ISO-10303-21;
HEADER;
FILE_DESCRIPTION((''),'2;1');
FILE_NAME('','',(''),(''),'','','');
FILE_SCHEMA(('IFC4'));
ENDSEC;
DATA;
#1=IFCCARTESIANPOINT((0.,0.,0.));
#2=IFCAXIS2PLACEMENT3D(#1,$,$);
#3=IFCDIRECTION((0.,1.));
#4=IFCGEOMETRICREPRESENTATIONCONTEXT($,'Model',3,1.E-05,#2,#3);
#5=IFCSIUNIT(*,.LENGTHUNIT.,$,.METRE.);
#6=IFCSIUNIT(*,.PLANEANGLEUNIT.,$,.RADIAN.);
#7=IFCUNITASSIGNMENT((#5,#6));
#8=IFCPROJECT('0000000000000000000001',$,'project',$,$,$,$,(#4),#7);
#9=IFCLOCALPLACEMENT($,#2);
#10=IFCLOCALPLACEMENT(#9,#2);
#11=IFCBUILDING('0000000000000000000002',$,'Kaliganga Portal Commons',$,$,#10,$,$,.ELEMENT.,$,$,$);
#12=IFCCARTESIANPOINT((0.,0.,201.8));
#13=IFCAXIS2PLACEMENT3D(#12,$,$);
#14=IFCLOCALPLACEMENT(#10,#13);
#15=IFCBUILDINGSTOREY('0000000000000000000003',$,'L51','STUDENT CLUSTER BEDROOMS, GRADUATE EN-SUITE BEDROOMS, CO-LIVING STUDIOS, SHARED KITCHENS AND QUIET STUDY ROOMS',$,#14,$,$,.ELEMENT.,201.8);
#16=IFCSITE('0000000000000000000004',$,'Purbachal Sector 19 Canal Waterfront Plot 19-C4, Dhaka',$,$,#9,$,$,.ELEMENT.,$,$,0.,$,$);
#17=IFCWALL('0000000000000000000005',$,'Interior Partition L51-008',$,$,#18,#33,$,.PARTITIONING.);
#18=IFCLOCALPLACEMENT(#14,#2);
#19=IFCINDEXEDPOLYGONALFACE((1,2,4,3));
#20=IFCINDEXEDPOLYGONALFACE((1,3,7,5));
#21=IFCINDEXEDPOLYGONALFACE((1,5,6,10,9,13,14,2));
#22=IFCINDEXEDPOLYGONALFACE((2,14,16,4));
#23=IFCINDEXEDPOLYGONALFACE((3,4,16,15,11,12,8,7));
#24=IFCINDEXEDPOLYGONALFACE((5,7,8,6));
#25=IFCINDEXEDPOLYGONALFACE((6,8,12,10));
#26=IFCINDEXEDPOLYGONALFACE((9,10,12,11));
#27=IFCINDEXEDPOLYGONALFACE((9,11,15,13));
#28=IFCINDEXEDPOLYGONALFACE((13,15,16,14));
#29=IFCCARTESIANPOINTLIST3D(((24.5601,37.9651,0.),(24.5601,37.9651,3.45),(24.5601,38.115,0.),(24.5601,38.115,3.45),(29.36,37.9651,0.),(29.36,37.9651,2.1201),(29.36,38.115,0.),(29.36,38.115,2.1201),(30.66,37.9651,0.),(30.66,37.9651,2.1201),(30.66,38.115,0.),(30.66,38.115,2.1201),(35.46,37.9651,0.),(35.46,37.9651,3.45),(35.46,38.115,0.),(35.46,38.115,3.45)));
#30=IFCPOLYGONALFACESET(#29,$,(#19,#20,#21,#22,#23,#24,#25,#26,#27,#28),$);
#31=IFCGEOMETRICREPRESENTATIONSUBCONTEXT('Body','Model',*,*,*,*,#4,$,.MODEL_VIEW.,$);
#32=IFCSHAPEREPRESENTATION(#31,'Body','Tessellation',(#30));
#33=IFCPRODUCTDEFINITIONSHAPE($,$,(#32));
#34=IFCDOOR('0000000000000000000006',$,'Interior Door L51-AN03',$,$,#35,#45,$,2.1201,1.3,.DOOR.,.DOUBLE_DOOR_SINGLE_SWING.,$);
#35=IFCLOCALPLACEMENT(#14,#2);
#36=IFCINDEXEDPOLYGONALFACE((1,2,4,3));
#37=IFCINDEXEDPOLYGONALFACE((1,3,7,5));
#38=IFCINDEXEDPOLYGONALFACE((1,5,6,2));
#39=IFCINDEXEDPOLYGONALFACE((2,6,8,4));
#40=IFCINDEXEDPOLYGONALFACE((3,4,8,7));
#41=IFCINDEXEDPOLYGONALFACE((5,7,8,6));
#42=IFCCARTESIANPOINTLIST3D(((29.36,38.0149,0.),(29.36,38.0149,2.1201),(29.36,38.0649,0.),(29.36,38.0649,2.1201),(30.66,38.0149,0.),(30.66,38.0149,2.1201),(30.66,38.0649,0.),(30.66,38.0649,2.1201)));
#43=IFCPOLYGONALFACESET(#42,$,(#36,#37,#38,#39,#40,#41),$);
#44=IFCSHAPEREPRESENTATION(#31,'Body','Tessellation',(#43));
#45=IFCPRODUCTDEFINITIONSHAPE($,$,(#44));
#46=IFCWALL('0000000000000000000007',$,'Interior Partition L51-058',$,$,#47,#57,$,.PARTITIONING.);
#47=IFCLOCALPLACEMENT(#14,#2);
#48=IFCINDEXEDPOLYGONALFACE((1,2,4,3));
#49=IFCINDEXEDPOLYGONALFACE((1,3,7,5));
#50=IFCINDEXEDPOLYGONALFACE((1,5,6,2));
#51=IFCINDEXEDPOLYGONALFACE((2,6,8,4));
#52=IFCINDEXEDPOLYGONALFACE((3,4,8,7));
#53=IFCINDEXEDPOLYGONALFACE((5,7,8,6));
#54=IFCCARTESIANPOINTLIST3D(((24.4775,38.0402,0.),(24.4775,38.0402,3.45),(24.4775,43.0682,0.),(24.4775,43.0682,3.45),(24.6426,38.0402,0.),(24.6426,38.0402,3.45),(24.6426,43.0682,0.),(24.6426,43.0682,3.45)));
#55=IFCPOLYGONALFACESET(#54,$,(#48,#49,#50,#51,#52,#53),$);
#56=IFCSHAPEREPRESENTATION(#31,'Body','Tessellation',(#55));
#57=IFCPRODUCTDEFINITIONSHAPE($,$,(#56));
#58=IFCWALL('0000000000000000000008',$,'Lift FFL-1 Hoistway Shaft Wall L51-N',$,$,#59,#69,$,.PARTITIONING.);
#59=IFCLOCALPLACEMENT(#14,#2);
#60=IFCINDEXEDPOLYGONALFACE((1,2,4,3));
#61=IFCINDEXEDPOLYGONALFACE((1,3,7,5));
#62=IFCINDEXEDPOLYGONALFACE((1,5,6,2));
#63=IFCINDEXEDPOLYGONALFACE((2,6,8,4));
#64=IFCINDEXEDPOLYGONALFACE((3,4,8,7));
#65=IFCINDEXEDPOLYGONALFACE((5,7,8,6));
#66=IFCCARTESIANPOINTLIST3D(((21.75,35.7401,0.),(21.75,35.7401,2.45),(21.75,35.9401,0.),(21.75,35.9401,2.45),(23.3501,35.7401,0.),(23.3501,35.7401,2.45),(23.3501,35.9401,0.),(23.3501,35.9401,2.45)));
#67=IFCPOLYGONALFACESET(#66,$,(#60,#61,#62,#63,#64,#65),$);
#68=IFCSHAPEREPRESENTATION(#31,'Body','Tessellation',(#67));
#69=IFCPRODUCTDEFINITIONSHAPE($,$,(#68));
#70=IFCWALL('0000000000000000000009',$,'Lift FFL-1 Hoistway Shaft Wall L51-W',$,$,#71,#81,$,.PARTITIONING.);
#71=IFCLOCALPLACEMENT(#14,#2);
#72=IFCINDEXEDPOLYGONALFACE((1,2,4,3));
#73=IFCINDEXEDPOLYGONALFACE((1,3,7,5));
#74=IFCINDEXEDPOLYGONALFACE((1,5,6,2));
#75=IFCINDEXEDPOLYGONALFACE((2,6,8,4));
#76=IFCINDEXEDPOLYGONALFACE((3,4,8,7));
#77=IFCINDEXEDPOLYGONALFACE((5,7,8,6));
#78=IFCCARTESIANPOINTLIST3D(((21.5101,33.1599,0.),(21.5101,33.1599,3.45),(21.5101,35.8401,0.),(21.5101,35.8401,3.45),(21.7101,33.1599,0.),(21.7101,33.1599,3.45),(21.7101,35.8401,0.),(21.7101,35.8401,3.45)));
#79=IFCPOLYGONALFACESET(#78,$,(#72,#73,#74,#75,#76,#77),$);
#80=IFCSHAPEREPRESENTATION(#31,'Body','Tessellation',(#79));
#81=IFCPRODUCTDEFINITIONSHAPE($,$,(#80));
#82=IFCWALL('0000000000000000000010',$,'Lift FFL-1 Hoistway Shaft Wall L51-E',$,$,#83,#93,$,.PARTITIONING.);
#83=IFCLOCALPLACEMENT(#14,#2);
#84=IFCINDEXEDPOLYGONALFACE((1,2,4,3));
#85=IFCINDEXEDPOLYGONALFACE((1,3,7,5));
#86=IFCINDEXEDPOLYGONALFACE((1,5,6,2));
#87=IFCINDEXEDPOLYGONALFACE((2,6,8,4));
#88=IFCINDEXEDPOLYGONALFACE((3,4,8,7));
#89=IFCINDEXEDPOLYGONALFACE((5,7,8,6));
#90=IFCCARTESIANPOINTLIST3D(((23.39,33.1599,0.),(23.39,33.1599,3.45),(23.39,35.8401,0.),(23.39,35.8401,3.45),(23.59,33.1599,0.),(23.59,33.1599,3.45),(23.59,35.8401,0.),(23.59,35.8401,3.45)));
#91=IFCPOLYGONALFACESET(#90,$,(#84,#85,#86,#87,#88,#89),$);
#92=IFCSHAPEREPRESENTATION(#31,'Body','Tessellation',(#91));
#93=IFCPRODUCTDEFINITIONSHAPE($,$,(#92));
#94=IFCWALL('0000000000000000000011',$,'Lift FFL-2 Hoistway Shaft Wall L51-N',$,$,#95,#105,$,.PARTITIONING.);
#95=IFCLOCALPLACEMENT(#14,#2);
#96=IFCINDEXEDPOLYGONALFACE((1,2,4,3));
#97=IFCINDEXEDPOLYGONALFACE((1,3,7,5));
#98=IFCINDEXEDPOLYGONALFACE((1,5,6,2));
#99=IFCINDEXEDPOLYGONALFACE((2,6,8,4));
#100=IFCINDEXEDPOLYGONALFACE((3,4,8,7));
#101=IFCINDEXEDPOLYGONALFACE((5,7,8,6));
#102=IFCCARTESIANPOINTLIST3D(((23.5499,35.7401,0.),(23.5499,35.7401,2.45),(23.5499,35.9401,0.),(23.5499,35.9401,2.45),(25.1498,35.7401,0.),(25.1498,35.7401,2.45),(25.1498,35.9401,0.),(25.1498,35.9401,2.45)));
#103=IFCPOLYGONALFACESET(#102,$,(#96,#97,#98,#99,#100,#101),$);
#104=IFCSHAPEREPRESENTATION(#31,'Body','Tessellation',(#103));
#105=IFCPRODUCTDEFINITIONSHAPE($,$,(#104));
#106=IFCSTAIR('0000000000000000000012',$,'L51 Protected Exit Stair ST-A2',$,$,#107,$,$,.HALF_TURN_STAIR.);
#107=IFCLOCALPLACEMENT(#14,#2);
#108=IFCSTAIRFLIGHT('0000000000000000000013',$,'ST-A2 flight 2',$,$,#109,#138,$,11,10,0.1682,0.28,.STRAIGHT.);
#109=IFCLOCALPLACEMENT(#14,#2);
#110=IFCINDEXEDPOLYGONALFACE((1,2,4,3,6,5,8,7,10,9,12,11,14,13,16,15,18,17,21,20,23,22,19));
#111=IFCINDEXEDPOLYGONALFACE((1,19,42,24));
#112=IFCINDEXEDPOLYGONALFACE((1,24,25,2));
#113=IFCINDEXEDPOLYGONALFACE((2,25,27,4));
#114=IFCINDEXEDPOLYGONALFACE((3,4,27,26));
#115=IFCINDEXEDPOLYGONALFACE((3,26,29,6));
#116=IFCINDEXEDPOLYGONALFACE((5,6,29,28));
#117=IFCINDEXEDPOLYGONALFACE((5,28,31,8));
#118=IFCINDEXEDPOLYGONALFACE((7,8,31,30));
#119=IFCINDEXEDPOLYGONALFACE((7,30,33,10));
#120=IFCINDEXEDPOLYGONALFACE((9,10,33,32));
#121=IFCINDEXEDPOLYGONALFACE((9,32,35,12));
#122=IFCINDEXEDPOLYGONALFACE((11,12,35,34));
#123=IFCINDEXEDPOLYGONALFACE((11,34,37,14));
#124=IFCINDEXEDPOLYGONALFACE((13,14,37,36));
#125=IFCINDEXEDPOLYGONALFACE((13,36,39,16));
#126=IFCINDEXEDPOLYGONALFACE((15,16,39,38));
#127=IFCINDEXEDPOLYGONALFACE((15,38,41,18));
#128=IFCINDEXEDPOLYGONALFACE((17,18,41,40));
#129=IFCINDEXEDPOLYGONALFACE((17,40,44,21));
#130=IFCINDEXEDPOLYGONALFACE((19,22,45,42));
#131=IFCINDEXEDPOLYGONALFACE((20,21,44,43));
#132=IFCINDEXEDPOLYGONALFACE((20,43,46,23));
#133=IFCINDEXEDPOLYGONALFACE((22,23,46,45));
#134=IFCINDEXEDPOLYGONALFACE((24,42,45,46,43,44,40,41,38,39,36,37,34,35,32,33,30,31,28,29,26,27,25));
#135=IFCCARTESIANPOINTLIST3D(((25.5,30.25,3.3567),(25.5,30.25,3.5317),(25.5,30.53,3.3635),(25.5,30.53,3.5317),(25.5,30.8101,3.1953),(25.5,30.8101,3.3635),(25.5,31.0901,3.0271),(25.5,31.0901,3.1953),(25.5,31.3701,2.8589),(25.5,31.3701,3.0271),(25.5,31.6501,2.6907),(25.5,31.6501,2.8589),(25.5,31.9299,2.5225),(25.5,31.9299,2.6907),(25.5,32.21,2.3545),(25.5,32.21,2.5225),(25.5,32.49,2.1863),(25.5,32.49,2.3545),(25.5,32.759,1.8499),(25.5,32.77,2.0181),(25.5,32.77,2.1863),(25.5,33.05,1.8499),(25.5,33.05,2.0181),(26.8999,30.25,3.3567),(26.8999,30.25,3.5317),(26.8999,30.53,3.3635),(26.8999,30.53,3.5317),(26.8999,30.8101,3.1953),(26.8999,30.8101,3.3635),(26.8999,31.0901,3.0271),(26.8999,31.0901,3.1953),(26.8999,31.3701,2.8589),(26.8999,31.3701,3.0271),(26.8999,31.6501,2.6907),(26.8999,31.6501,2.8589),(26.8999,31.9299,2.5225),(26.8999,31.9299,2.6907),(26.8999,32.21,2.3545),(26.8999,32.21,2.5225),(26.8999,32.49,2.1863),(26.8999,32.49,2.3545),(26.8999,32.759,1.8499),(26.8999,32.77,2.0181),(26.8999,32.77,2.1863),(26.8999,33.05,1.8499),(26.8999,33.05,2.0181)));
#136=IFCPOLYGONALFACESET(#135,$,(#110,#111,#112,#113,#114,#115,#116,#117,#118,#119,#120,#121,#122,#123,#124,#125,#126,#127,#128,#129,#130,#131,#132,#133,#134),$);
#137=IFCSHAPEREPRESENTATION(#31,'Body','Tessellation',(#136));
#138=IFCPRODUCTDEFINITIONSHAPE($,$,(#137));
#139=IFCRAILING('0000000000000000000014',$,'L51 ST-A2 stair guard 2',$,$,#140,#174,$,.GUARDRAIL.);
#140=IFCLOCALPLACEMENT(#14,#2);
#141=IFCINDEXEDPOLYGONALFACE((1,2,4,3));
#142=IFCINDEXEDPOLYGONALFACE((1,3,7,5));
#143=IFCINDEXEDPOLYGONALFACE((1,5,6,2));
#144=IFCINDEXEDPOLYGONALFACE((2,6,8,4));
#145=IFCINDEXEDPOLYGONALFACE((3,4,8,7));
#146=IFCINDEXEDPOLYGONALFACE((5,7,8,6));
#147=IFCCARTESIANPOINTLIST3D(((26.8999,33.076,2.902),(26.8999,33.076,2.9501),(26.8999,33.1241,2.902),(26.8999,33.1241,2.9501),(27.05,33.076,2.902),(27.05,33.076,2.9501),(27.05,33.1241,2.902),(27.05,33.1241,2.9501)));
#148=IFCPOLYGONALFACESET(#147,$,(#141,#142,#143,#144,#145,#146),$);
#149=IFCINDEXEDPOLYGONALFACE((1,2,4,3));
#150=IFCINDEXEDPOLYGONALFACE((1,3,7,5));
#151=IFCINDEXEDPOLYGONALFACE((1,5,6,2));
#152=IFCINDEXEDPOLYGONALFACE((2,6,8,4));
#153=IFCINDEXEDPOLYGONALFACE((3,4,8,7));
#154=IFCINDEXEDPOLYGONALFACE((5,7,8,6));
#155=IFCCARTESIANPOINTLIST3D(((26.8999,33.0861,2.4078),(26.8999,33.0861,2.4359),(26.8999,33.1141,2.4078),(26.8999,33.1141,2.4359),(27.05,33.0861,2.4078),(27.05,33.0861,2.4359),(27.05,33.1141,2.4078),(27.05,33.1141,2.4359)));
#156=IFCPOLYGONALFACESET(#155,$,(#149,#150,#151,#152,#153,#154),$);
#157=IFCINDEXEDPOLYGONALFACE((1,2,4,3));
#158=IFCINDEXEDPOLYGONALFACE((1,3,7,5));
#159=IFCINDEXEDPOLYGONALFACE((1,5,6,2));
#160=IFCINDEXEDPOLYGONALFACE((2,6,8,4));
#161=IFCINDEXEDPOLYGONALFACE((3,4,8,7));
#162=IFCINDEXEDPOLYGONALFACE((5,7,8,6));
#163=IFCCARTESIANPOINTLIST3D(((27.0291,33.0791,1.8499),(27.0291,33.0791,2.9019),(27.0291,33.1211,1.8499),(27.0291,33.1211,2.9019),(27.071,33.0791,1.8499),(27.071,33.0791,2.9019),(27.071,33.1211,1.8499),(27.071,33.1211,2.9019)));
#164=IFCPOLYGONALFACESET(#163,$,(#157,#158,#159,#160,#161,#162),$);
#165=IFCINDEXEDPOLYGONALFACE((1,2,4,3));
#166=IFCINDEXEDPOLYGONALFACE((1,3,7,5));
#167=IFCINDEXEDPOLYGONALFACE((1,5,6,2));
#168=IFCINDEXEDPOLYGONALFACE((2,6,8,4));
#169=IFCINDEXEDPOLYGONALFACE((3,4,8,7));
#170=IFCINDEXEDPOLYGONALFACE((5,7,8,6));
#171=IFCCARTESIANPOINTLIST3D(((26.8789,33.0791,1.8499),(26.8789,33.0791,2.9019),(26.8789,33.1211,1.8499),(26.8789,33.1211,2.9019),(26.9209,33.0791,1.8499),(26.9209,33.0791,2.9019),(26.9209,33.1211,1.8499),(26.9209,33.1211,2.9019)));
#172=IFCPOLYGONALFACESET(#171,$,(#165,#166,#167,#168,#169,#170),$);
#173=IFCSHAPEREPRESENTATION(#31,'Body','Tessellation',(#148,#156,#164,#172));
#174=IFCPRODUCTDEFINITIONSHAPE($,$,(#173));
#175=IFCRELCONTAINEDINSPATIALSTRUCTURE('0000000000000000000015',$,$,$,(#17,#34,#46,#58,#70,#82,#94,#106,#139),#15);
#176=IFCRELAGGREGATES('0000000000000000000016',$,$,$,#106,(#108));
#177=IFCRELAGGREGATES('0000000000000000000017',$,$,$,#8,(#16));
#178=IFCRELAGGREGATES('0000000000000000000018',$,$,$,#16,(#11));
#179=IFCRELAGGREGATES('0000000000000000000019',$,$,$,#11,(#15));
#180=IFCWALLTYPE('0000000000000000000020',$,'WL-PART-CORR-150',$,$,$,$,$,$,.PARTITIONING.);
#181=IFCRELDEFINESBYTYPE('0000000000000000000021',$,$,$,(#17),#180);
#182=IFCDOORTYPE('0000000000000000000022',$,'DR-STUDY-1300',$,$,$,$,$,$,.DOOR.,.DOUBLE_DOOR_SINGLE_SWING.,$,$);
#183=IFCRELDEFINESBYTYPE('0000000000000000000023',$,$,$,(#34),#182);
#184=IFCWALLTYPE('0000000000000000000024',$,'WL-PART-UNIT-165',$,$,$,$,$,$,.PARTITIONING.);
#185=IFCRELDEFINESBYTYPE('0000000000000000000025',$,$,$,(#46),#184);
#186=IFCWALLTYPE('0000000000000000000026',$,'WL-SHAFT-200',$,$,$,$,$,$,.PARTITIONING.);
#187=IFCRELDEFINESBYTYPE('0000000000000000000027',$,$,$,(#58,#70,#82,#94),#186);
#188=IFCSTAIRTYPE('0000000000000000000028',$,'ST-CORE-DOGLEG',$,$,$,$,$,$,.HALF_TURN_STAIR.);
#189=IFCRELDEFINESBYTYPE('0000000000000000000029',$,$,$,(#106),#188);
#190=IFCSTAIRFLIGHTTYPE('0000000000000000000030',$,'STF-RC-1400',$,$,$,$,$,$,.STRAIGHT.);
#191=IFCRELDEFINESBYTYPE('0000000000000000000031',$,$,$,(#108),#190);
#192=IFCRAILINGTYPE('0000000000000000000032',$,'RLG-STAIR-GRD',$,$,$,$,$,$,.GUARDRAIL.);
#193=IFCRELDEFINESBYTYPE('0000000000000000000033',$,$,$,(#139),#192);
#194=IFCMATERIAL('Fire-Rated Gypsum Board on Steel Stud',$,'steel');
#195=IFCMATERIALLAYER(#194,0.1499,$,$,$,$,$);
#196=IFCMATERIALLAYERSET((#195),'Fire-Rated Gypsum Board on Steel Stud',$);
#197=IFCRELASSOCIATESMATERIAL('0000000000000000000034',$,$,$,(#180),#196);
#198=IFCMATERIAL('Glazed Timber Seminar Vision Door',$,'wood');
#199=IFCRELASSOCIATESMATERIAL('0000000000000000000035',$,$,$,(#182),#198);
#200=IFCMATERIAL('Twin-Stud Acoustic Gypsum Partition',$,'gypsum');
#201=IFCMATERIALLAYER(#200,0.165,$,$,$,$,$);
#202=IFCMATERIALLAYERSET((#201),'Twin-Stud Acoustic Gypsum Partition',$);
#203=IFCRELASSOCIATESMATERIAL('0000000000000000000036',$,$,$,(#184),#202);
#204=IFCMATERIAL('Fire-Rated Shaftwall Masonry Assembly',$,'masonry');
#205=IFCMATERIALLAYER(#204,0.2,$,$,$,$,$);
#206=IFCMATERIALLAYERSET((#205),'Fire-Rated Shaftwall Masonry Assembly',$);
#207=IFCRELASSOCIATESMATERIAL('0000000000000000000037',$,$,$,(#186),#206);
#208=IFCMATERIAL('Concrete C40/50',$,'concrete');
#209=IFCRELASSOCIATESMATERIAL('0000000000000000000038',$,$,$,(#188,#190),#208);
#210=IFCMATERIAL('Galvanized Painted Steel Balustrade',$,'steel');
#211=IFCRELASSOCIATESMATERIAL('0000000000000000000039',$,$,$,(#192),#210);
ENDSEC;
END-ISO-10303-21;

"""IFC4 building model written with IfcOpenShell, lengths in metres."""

from ifc_helpers import new_model, si_unit, direction, frame, frame_2d, origin, origin_2d, place, context, subcontext, project, spatial, polyline, rectangle, outline, extrude, material, layer, layer_set, type_object, element, fill, aggregate, save


model = new_model("IFC4")

# Units and contexts
model_context = context("Model", 3, precision=1e-05, world=origin(), true_north=direction((0.0, 1.0)))
body_context = subcontext(model_context, "Body", "Model", "MODEL_VIEW")
ifc_project = project(units=[si_unit("LENGTHUNIT", "METRE"), si_unit("PLANEANGLEUNIT", "RADIAN")], contexts=[model_context])

# Site, building, storey
site_placement = place(None, origin())
site = spatial("IfcSite", under=ifc_project, at=site_placement, Name="Purbachal Sector 19 Canal Waterfront Plot 19-C4, Dhaka", CompositionType="ELEMENT", RefElevation=0.0)
building_placement = place(site_placement, origin())
building = spatial("IfcBuilding", under=site, at=building_placement, Name="Kaliganga Portal Commons", CompositionType="ELEMENT")
storey_placement = place(building_placement, frame((0.0, 0.0, 201.8)))
storey = spatial("IfcBuildingStorey", under=building, at=storey_placement, Name="L51", Description="STUDENT CLUSTER BEDROOMS, GRADUATE EN-SUITE BEDROOMS, CO-LIVING STUDIOS, SHARED KITCHENS AND QUIET STUDY ROOMS", CompositionType="ELEMENT", Elevation=201.8)

# Wall, opening, door
ifc_material_1 = material(Name="Fire-Rated Gypsum Board on Steel Stud", Category="steel")
ifc_layer_1 = layer(ifc_material_1, 0.1499)
ifc_layer_set_1 = layer_set([ifc_layer_1], Name="Fire-Rated Gypsum Board on Steel Stud")
wall_type_1 = type_object("IfcWallType", Name="WL-PART-CORR-150", PredefinedType="PARTITIONING", material=ifc_layer_set_1)
wall_1_placement = place(storey_placement, frame((24.5601, 38.04, 0.0), z_axis=(0.0, 0.0, 1.0), x_axis=(1.0, 0.0, 0.0)))
wall_1 = element("IfcWall", 1, at=wall_1_placement, inside=storey, type_object=wall_type_1, Name="Interior Partition L51-008", PredefinedType="PARTITIONING", context=body_context, shape_type="SweptSolid", body=[
    extrude(rectangle(XDim=10.8999, YDim=0.1499, at=frame_2d((5.45, 0.0))), origin(), (0.0, 0.0, 1.0), 3.45),
])
opening_1_placement = place(wall_1_placement, frame((4.8, 0.0, 0.0)))
opening_1 = element("IfcOpeningElement", 2, at=opening_1_placement, cuts=wall_1, PredefinedType="OPENING", context=body_context, shape_type="SweptSolid", body=[
    extrude(rectangle(XDim=1.3, YDim=2.1201, at=frame_2d((0.6499, 1.0601))), frame((0.0, 0.085, 0.0), z_axis=(0.0, -1.0, 0.0), x_axis=(1.0, 0.0, 0.0)), (0.0, 0.0, 1.0), 0.1699),
])
ifc_material_2 = material(Name="Glazed Timber Seminar Vision Door", Category="wood")
door_type_1 = type_object("IfcDoorType", Name="DR-STUDY-1300", OperationType="DOUBLE_DOOR_SINGLE_SWING", PredefinedType="DOOR", material=ifc_material_2)
door_1_placement = place(opening_1_placement, origin())
door_1 = element("IfcDoor", 3, at=door_1_placement, inside=storey, type_object=door_type_1, Name="Interior Door L51-AN03", OperationType="DOUBLE_DOOR_SINGLE_SWING", OverallHeight=2.1201, OverallWidth=1.3, PredefinedType="DOOR", context=body_context, shape_type="SweptSolid", body=[
    extrude(rectangle(XDim=1.3, YDim=2.1201, at=frame_2d((0.6499, 1.0601))), frame((0.0, 0.0249, 0.0), z_axis=(0.0, -1.0, 0.0), x_axis=(1.0, 0.0, 0.0)), (0.0, 0.0, 1.0), 0.05),
])
fill(opening_1, door_1)

# Wall
ifc_material_3 = material(Name="Twin-Stud Acoustic Gypsum Partition", Category="gypsum")
ifc_layer_2 = layer(ifc_material_3, 0.165)
ifc_layer_set_2 = layer_set([ifc_layer_2], Name="Twin-Stud Acoustic Gypsum Partition")
wall_type_2 = type_object("IfcWallType", Name="WL-PART-UNIT-165", PredefinedType="PARTITIONING", material=ifc_layer_set_2)
wall_2_placement = place(storey_placement, frame((24.5601, 38.04, 0.0), z_axis=(0.0, 0.0, 1.0), x_axis=(0.0, 1.0, 0.0)))
element("IfcWall", 4, at=wall_2_placement, inside=storey, type_object=wall_type_2, Name="Interior Partition L51-058", PredefinedType="PARTITIONING", context=body_context, shape_type="SweptSolid", body=[
    extrude(rectangle(XDim=5.0281, YDim=0.165, at=frame_2d((2.5142, 0.0))), origin(), (0.0, 0.0, 1.0), 3.45),
])

# Shared definitions
ifc_material_4 = material(Name="Fire-Rated Shaftwall Masonry Assembly", Category="masonry")
ifc_layer_3 = layer(ifc_material_4, 0.2)
ifc_layer_set_3 = layer_set([ifc_layer_3], Name="Fire-Rated Shaftwall Masonry Assembly")
wall_type_3 = type_object("IfcWallType", Name="WL-SHAFT-200", PredefinedType="PARTITIONING", material=ifc_layer_set_3)

# Walls
wall_3_placement = place(storey_placement, frame((21.75, 35.8401, 0.0), z_axis=(0.0, 0.0, 1.0), x_axis=(1.0, 0.0, 0.0)))
element("IfcWall", 5, at=wall_3_placement, inside=storey, type_object=wall_type_3, Name="Lift FFL-1 Hoistway Shaft Wall L51-N", PredefinedType="PARTITIONING", context=body_context, shape_type="SweptSolid", body=[
    extrude(rectangle(XDim=1.6001, YDim=0.2, at=frame_2d((0.8, 0.0))), origin(), (0.0, 0.0, 1.0), 2.45),
])
for number, where, z_axis, x_axis, name in (
    (6, (21.6101, 33.1599, 0.0), (0.0, 0.0, 1.0), (0.0, 1.0, 0.0), "Lift FFL-1 Hoistway Shaft Wall L51-W"),
    (7, (23.49, 33.1599, 0.0), (0.0, 0.0, 1.0), (0.0, 1.0, 0.0), "Lift FFL-1 Hoistway Shaft Wall L51-E"),
):
    element("IfcWall", number, at=place(storey_placement, frame(where, z_axis=z_axis, x_axis=x_axis)), inside=storey, type_object=wall_type_3, Name=name, PredefinedType="PARTITIONING", context=body_context, shape_type="SweptSolid", body=[
        extrude(rectangle(XDim=2.6802, YDim=0.2, at=frame_2d((1.3401, 0.0))), origin(), (0.0, 0.0, 1.0), 3.45),
    ])

# Wall
wall_4_placement = place(storey_placement, frame((23.55, 35.8401, 0.0), z_axis=(0.0, 0.0, 1.0), x_axis=(1.0, 0.0, 0.0)))
element("IfcWall", 8, at=wall_4_placement, inside=storey, type_object=wall_type_3, Name="Lift FFL-2 Hoistway Shaft Wall L51-N", PredefinedType="PARTITIONING", context=body_context, shape_type="SweptSolid", body=[
    extrude(rectangle(XDim=1.5999, YDim=0.2, at=frame_2d((0.7998, 0.0))), origin(), (0.0, 0.0, 1.0), 2.45),
])

# Stair, stair flight
ifc_material_5 = material(Name="Concrete C40/50", Category="concrete")
stair_type = type_object("IfcStairType", Name="ST-CORE-DOGLEG", PredefinedType="HALF_TURN_STAIR", material=ifc_material_5)
stair_placement = place(storey_placement, origin())
stair = element("IfcStair", 9, at=stair_placement, inside=storey, type_object=stair_type, Name="L51 Protected Exit Stair ST-A2", PredefinedType="HALF_TURN_STAIR")
stair_flight_type = type_object("IfcStairFlightType", Name="STF-RC-1400", PredefinedType="STRAIGHT", material=ifc_material_5)
stair_flight_placement = place(storey_placement, frame((26.2, 33.05, 1.8499), z_axis=(0.0, 0.0, 1.0), x_axis=(0.0, -1.0, 0.0)))
stair_flight = element("IfcStairFlight", 10, at=stair_flight_placement, type_object=stair_flight_type, Name="ST-A2 flight 2", NumberOfRisers=11, NumberOfTreads=10, PredefinedType="STRAIGHT", RiserHeight=0.1682, TreadLength=0.28, context=body_context, shape_type="SweptSolid", body=[
    extrude(outline(polyline([(0.0, 0.0), (0.0, 0.1682), (0.28, 0.1682), (0.28, 0.3364), (0.5601, 0.3364), (0.5601, 0.5046), (0.8401, 0.5046), (0.8401, 0.6726), (1.1201, 0.6726), (1.1201, 0.8408), (1.3999, 0.8408), (1.3999, 1.009), (1.6799, 1.009), (1.6799, 1.1772), (1.96, 1.1772), (1.96, 1.3455), (2.24, 1.3455), (2.24, 1.5137), (2.52, 1.5137), (2.52, 1.6819), (2.8, 1.6819), (2.8, 1.8501), (2.8, 1.5068), (0.291, 0.0), (0.0, 0.0)])), frame((0.0, 0.7, 0.0), z_axis=(0.0, -1.0, 0.0), x_axis=(1.0, 0.0, 0.0)), (0.0, 0.0, 1.0), 1.3999),
])
aggregate(stair, [stair_flight])

# Railing
ifc_material_6 = material(Name="Galvanized Painted Steel Balustrade", Category="steel")
railing_type_1 = type_object("IfcRailingType", Name="RLG-STAIR-GRD", PredefinedType="GUARDRAIL", material=ifc_material_6)
railing_1_placement = place(storey_placement, frame((27.05, 33.1001, 1.8499)))
element("IfcRailing", 11, at=railing_1_placement, inside=storey, type_object=railing_type_1, Name="L51 ST-A2 stair guard 2", PredefinedType="GUARDRAIL", context=body_context, shape_type="SweptSolid", body=[
    extrude(rectangle(XDim=0.0481, YDim=0.0481, at=origin_2d()), frame((0.0, 0.0, 1.0762), z_axis=(-1.0, 0.0, 0.0), x_axis=(0.0, -1.0, 0.0)), (0.0, 0.0, 1.0), 0.1501),
    extrude(rectangle(XDim=0.0281, YDim=0.0281, at=origin_2d()), frame((0.0, 0.0, 0.572), z_axis=(-1.0, 0.0, 0.0), x_axis=(0.0, -1.0, 0.0)), (0.0, 0.0, 1.0), 0.1501),
    extrude(rectangle(XDim=0.042, YDim=0.042, at=origin_2d()), origin(), (0.0, 0.0, 1.0), 1.052),
    extrude(rectangle(XDim=0.042, YDim=0.042, at=origin_2d()), frame((-0.1501, 0.0, 0.0)), (0.0, 0.0, 1.0), 1.052),
])

save(model, "model.ifc")
